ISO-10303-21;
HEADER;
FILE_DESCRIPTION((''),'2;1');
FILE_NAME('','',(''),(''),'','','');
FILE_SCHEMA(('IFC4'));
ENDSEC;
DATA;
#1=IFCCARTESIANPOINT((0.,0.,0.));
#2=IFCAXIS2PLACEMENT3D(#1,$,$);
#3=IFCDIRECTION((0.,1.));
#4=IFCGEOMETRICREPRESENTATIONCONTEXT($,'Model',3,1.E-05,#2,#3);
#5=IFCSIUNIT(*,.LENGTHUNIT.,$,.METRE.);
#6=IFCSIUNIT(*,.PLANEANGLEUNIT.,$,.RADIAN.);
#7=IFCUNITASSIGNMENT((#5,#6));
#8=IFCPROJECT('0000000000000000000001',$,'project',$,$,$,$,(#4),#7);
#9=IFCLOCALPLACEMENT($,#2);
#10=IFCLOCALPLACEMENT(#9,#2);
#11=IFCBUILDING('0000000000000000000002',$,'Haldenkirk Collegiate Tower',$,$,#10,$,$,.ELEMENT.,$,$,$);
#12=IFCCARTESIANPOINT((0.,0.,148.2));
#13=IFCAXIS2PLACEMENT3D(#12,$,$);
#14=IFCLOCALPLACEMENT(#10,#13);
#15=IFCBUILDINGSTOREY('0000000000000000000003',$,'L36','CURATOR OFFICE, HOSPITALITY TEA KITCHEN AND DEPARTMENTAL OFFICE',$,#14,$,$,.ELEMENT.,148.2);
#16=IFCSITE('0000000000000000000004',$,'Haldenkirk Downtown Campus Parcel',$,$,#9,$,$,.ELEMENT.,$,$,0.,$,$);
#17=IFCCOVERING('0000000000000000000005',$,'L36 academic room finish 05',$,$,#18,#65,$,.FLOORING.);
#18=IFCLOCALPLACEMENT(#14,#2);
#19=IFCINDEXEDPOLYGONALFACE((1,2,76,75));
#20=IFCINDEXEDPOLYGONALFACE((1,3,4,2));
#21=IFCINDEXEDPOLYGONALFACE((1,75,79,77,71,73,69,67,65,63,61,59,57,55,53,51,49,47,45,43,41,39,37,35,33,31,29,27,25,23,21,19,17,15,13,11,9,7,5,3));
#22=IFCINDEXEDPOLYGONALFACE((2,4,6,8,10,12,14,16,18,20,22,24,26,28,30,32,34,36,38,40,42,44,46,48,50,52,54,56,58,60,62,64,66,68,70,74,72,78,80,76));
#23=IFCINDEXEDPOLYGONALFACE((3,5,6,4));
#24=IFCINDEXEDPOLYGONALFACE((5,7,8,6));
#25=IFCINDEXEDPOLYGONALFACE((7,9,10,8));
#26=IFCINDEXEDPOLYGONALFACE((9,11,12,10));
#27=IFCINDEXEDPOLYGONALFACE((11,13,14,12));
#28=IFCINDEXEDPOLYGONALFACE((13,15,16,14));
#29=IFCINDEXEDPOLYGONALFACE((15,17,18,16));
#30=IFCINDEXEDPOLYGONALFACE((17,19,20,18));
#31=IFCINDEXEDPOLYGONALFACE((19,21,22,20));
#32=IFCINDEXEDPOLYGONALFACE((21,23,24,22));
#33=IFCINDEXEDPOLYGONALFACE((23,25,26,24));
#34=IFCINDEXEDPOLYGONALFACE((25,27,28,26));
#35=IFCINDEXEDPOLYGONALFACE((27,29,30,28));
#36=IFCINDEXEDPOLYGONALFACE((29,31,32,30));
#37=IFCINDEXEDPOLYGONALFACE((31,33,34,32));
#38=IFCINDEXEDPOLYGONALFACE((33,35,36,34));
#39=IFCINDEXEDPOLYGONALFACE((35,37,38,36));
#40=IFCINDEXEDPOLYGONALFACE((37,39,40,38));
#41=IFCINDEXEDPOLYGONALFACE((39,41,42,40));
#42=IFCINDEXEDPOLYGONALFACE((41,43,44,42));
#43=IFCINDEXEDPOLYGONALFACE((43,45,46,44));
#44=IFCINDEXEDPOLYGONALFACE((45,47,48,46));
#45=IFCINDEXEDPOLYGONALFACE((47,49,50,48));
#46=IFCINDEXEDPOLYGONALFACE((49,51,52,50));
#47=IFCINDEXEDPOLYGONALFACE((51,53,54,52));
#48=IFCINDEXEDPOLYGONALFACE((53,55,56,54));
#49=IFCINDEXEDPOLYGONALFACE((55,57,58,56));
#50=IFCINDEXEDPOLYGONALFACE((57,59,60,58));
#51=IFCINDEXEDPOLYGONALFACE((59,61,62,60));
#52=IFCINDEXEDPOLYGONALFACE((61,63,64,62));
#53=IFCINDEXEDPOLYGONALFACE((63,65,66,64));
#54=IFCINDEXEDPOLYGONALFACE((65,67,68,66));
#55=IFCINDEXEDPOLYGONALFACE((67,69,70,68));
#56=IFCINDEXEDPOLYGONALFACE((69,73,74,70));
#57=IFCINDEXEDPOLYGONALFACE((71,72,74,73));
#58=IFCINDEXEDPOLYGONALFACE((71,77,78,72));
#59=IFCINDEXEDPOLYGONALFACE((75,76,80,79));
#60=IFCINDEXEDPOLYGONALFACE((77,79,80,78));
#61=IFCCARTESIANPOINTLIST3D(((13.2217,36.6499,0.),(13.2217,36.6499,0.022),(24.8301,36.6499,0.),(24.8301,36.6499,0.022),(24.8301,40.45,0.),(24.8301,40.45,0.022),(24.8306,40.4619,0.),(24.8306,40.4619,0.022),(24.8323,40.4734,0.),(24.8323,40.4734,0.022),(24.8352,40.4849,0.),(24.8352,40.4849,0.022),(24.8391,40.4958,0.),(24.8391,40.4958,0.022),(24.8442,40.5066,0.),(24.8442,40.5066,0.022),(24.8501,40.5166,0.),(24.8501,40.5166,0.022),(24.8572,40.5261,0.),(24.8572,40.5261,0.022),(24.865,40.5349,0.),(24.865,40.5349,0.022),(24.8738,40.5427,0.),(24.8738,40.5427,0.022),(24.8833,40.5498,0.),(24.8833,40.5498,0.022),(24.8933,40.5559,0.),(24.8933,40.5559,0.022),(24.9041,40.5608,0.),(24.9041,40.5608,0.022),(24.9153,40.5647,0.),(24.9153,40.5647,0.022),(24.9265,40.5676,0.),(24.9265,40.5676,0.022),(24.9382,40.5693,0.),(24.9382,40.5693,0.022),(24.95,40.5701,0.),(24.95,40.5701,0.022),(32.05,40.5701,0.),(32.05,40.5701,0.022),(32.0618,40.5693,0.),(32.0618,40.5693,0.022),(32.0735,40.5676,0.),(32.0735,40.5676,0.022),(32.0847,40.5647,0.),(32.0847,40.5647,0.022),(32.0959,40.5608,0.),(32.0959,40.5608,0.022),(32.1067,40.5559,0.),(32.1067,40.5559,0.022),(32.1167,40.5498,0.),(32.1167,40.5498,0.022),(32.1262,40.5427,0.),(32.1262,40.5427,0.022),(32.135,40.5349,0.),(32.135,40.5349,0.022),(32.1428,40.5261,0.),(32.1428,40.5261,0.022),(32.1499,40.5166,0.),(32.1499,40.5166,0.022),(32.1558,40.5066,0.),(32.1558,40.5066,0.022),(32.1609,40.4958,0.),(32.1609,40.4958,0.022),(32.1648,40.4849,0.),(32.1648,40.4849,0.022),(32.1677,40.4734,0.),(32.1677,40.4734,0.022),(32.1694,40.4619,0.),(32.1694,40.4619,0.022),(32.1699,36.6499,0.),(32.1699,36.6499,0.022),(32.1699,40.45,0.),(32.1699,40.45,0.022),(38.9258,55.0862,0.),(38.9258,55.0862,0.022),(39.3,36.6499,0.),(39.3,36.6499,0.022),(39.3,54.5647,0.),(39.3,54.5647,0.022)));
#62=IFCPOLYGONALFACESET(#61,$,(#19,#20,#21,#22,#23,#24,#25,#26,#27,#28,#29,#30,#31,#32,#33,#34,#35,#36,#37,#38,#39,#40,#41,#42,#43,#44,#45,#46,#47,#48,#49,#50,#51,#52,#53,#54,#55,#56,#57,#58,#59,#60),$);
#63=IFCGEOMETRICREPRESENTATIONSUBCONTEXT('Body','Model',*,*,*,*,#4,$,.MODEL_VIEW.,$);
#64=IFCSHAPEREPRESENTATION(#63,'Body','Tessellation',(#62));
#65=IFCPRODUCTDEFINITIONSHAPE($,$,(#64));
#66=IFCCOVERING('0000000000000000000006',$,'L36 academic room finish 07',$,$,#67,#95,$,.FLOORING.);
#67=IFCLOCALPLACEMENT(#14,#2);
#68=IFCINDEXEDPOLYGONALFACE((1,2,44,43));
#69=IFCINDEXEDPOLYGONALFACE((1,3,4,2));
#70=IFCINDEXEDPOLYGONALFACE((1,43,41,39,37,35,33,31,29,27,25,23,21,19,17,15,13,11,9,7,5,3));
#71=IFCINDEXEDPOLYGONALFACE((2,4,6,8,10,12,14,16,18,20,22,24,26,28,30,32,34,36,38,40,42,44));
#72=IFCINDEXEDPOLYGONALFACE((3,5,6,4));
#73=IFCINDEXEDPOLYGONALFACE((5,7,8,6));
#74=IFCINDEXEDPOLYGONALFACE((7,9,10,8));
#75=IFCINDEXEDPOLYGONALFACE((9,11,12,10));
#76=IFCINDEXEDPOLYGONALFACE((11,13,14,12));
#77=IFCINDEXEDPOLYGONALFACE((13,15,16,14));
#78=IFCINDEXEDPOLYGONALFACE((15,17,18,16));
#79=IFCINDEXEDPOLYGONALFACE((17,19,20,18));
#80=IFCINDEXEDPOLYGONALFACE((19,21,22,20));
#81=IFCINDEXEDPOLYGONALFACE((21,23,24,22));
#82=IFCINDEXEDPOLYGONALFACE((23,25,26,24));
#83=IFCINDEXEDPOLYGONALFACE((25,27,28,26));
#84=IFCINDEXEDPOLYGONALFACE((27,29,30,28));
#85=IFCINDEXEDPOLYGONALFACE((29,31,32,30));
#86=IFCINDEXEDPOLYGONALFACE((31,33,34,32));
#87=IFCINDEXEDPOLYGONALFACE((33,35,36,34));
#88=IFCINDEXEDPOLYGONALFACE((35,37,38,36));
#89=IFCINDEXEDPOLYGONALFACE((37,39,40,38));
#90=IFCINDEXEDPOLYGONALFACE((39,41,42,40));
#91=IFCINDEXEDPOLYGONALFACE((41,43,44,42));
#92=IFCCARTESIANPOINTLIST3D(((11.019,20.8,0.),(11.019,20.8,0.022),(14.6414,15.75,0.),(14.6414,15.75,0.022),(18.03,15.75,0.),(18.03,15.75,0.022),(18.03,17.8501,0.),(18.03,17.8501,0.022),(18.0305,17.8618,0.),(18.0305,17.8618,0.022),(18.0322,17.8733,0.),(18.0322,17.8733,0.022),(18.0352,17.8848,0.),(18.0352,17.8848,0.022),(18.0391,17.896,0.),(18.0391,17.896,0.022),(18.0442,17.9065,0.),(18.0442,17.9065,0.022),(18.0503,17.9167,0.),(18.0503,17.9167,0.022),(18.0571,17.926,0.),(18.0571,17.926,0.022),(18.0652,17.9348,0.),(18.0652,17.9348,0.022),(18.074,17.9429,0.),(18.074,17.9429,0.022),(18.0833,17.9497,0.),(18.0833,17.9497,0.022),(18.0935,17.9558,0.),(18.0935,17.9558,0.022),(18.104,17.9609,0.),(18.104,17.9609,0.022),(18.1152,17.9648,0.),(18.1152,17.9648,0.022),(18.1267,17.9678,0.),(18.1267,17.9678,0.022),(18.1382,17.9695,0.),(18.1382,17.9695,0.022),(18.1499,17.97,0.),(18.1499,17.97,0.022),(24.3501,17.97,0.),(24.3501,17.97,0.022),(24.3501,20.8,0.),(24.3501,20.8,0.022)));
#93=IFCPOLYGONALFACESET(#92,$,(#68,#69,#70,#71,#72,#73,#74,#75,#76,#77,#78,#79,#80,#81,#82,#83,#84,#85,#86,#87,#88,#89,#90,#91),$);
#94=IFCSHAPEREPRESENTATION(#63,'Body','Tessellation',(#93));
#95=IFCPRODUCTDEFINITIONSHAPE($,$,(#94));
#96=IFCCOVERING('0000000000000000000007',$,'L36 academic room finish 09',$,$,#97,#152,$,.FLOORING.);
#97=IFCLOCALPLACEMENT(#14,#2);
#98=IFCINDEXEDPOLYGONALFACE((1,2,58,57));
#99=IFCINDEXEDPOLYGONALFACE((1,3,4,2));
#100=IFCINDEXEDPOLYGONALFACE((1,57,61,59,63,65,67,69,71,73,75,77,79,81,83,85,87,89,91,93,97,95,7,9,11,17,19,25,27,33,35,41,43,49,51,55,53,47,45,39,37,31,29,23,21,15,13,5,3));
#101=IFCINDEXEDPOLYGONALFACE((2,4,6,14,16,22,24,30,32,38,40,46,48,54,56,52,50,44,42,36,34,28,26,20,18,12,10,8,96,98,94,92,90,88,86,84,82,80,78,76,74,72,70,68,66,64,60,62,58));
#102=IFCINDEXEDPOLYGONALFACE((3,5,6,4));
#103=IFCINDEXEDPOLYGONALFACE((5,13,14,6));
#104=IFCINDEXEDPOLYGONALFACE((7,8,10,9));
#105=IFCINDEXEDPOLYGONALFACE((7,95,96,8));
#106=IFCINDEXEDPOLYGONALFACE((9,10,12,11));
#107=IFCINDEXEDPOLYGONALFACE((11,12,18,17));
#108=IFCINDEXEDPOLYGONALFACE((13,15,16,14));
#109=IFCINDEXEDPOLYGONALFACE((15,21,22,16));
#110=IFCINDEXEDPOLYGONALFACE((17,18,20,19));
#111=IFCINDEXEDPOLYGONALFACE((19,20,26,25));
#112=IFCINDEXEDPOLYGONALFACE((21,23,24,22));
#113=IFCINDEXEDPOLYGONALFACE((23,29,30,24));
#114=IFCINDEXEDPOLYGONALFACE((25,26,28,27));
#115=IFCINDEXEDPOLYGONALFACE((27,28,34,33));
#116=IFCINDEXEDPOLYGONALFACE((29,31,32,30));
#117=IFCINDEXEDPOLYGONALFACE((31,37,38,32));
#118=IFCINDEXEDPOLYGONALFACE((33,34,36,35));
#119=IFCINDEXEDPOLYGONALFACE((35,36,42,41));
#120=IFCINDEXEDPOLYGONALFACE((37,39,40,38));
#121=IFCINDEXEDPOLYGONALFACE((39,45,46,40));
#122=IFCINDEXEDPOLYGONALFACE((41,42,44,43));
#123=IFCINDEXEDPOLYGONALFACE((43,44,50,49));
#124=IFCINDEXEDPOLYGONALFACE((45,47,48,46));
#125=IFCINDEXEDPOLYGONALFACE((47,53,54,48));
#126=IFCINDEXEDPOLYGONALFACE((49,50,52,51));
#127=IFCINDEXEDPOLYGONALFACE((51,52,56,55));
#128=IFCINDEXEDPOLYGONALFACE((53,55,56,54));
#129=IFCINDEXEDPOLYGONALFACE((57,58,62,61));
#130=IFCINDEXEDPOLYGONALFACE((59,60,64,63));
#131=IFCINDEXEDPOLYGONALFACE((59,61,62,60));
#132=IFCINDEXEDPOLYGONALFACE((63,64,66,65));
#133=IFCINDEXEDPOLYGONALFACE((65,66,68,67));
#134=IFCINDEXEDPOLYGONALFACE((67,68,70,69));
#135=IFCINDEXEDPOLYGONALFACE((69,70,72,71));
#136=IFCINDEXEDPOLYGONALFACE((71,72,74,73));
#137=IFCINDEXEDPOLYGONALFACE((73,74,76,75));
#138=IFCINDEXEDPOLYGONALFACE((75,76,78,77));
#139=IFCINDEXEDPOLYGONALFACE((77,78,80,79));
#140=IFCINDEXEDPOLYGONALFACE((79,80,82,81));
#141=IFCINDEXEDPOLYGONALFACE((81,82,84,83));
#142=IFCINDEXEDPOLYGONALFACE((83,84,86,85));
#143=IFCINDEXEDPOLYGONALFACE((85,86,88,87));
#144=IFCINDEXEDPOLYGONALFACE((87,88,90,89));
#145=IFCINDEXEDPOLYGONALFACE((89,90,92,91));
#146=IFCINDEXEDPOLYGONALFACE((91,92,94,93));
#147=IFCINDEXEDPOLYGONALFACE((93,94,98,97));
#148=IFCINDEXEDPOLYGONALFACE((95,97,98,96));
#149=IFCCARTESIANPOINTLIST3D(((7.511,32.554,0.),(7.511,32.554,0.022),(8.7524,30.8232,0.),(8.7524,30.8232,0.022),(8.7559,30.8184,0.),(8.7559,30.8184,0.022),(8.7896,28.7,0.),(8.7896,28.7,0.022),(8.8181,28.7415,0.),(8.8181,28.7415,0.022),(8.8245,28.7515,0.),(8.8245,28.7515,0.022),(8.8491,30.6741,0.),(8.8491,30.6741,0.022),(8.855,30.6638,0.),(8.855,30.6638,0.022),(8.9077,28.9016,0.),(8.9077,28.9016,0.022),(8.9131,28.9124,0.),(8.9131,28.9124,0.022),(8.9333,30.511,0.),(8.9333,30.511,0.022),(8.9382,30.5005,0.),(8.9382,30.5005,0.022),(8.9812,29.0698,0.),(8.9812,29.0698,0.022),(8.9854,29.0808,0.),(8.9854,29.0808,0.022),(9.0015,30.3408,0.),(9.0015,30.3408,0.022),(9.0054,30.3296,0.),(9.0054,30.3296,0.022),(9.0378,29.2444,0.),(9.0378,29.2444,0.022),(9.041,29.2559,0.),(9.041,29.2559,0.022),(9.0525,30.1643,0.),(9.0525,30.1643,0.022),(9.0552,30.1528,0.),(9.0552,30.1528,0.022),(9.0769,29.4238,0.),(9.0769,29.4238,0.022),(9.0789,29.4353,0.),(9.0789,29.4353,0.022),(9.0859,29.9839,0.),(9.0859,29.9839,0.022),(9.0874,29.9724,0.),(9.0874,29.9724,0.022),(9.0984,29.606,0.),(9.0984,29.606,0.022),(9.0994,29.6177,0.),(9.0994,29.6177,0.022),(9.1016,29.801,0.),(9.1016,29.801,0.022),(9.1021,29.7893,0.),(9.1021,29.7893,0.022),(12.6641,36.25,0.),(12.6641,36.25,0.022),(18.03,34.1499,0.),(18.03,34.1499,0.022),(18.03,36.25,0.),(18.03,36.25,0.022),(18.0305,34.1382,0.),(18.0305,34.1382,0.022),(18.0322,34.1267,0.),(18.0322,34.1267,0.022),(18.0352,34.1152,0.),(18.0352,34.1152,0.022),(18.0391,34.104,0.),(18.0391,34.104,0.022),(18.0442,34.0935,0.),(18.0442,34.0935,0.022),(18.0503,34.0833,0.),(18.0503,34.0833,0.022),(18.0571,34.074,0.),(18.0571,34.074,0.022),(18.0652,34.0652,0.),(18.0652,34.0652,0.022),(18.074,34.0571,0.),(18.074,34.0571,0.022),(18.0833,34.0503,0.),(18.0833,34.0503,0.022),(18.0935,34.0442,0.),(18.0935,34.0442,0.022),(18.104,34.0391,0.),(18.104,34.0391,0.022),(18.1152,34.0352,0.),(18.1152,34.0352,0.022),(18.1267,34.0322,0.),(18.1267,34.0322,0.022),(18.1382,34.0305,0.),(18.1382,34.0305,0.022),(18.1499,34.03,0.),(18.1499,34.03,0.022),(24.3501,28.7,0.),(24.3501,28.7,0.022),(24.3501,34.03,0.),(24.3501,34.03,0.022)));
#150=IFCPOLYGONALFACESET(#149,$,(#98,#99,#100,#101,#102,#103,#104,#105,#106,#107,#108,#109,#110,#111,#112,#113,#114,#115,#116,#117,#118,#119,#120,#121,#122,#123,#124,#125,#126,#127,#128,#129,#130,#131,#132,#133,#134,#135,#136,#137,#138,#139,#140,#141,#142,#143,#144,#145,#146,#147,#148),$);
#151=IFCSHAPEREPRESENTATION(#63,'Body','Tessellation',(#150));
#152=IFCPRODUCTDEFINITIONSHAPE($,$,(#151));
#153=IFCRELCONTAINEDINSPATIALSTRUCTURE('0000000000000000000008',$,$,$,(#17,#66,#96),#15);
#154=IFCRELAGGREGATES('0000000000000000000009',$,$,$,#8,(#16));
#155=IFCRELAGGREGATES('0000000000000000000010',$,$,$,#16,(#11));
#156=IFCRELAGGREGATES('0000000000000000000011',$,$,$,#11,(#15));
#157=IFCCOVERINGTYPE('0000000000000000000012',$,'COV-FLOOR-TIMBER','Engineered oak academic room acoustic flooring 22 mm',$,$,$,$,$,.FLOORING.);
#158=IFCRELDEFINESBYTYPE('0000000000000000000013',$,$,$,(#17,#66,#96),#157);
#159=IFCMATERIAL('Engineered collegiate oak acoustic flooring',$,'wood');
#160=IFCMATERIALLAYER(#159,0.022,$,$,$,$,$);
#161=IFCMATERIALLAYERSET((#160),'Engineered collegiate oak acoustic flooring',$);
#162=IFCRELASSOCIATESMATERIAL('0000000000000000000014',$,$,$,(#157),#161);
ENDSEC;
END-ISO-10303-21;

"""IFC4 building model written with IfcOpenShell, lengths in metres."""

from ifc_helpers import new_model, si_unit, direction, frame, origin, place, context, subcontext, project, spatial, polyline, outline, extrude, material, layer, layer_set, type_object, element, save


model = new_model("IFC4")

# Units and contexts
model_context = context("Model", 3, precision=1e-05, world=origin(), true_north=direction((0.0, 1.0)))
body_context = subcontext(model_context, "Body", "Model", "MODEL_VIEW")
ifc_project = project(units=[si_unit("LENGTHUNIT", "METRE"), si_unit("PLANEANGLEUNIT", "RADIAN")], contexts=[model_context])

# Site, building, storey
site_placement = place(None, origin())
site = spatial("IfcSite", under=ifc_project, at=site_placement, Name="Haldenkirk Downtown Campus Parcel", CompositionType="ELEMENT", RefElevation=0.0)
building_placement = place(site_placement, origin())
building = spatial("IfcBuilding", under=site, at=building_placement, Name="Haldenkirk Collegiate Tower", CompositionType="ELEMENT")
storey_placement = place(building_placement, frame((0.0, 0.0, 148.2)))
storey = spatial("IfcBuildingStorey", under=building, at=storey_placement, Name="L36", Description="CURATOR OFFICE, HOSPITALITY TEA KITCHEN AND DEPARTMENTAL OFFICE", CompositionType="ELEMENT", Elevation=148.2)

# Coverings
ifc_material_1 = material(Name="Engineered collegiate oak acoustic flooring", Category="wood")
ifc_layer_1 = layer(ifc_material_1, 0.022)
ifc_layer_set_1 = layer_set([ifc_layer_1], Name="Engineered collegiate oak acoustic flooring")
covering_type_1 = type_object("IfcCoveringType", Name="COV-FLOOR-TIMBER", Description="Engineered oak academic room acoustic flooring 22 mm", PredefinedType="FLOORING", material=ifc_layer_set_1)
covering_1_placement = place(storey_placement, origin())
element("IfcCovering", 1, at=covering_1_placement, inside=storey, type_object=covering_type_1, Name="L36 academic room finish 05", PredefinedType="FLOORING", context=body_context, shape_type="SweptSolid", body=[
    extrude(outline(polyline([(39.3, 54.5647), (39.3, 36.6499), (32.1699, 36.6499), (32.1699, 40.45), (32.1694, 40.4619), (32.1677, 40.4734), (32.1648, 40.4849), (32.1609, 40.4958), (32.1558, 40.5066), (32.1499, 40.5166), (32.1428, 40.5261), (32.135, 40.5349), (32.1262, 40.5427), (32.1167, 40.5498), (32.1067, 40.5559), (32.0959, 40.5608), (32.0847, 40.5647), (32.0735, 40.5676), (32.0618, 40.5693), (32.05, 40.5701), (24.95, 40.5701), (24.9382, 40.5693), (24.9265, 40.5676), (24.9153, 40.5647), (24.9041, 40.5608), (24.8933, 40.5559), (24.8833, 40.5498), (24.8738, 40.5427), (24.865, 40.5349), (24.8572, 40.5261), (24.8501, 40.5166), (24.8442, 40.5066), (24.8391, 40.4958), (24.8352, 40.4849), (24.8323, 40.4734), (24.8306, 40.4619), (24.8301, 40.45), (24.8301, 36.6499), (13.2217, 36.6499), (38.9258, 55.0862), (39.3, 54.5647)])), origin(), (0.0, 0.0, 1.0), 0.022),
])
covering_2_placement = place(storey_placement, origin())
element("IfcCovering", 2, at=covering_2_placement, inside=storey, type_object=covering_type_1, Name="L36 academic room finish 07", PredefinedType="FLOORING", context=body_context, shape_type="SweptSolid", body=[
    extrude(outline(polyline([(18.1499, 17.97), (18.1382, 17.9695), (18.1267, 17.9678), (18.1152, 17.9648), (18.104, 17.9609), (18.0935, 17.9558), (18.0833, 17.9497), (18.074, 17.9429), (18.0652, 17.9348), (18.0571, 17.926), (18.0503, 17.9167), (18.0442, 17.9065), (18.0391, 17.896), (18.0352, 17.8848), (18.0322, 17.8733), (18.0305, 17.8618), (18.03, 17.8501), (18.03, 15.75), (14.6414, 15.75), (11.019, 20.8), (24.3501, 20.8), (24.3501, 17.97), (18.1499, 17.97)])), origin(), (0.0, 0.0, 1.0), 0.022),
])
covering_3_placement = place(storey_placement, origin())
element("IfcCovering", 3, at=covering_3_placement, inside=storey, type_object=covering_type_1, Name="L36 academic room finish 09", PredefinedType="FLOORING", context=body_context, shape_type="SweptSolid", body=[
    extrude(outline(polyline([(8.7896, 28.7), (8.8181, 28.7415), (8.8245, 28.7515), (8.9077, 28.9016), (8.9131, 28.9124), (8.9812, 29.0698), (8.9854, 29.0808), (9.0378, 29.2444), (9.041, 29.2559), (9.0769, 29.4238), (9.0789, 29.4353), (9.0984, 29.606), (9.0994, 29.6177), (9.1021, 29.7893), (9.1016, 29.801), (9.0874, 29.9724), (9.0859, 29.9839), (9.0552, 30.1528), (9.0525, 30.1643), (9.0054, 30.3296), (9.0015, 30.3408), (8.9382, 30.5005), (8.9333, 30.511), (8.855, 30.6638), (8.8491, 30.6741), (8.7559, 30.8184), (8.7524, 30.8232), (7.511, 32.554), (12.6641, 36.25), (18.03, 36.25), (18.03, 34.1499), (18.0305, 34.1382), (18.0322, 34.1267), (18.0352, 34.1152), (18.0391, 34.104), (18.0442, 34.0935), (18.0503, 34.0833), (18.0571, 34.074), (18.0652, 34.0652), (18.074, 34.0571), (18.0833, 34.0503), (18.0935, 34.0442), (18.104, 34.0391), (18.1152, 34.0352), (18.1267, 34.0322), (18.1382, 34.0305), (18.1499, 34.03), (24.3501, 34.03), (24.3501, 28.7), (8.7896, 28.7)])), origin(), (0.0, 0.0, 1.0), 0.022),
])

save(model, "model.ifc")
